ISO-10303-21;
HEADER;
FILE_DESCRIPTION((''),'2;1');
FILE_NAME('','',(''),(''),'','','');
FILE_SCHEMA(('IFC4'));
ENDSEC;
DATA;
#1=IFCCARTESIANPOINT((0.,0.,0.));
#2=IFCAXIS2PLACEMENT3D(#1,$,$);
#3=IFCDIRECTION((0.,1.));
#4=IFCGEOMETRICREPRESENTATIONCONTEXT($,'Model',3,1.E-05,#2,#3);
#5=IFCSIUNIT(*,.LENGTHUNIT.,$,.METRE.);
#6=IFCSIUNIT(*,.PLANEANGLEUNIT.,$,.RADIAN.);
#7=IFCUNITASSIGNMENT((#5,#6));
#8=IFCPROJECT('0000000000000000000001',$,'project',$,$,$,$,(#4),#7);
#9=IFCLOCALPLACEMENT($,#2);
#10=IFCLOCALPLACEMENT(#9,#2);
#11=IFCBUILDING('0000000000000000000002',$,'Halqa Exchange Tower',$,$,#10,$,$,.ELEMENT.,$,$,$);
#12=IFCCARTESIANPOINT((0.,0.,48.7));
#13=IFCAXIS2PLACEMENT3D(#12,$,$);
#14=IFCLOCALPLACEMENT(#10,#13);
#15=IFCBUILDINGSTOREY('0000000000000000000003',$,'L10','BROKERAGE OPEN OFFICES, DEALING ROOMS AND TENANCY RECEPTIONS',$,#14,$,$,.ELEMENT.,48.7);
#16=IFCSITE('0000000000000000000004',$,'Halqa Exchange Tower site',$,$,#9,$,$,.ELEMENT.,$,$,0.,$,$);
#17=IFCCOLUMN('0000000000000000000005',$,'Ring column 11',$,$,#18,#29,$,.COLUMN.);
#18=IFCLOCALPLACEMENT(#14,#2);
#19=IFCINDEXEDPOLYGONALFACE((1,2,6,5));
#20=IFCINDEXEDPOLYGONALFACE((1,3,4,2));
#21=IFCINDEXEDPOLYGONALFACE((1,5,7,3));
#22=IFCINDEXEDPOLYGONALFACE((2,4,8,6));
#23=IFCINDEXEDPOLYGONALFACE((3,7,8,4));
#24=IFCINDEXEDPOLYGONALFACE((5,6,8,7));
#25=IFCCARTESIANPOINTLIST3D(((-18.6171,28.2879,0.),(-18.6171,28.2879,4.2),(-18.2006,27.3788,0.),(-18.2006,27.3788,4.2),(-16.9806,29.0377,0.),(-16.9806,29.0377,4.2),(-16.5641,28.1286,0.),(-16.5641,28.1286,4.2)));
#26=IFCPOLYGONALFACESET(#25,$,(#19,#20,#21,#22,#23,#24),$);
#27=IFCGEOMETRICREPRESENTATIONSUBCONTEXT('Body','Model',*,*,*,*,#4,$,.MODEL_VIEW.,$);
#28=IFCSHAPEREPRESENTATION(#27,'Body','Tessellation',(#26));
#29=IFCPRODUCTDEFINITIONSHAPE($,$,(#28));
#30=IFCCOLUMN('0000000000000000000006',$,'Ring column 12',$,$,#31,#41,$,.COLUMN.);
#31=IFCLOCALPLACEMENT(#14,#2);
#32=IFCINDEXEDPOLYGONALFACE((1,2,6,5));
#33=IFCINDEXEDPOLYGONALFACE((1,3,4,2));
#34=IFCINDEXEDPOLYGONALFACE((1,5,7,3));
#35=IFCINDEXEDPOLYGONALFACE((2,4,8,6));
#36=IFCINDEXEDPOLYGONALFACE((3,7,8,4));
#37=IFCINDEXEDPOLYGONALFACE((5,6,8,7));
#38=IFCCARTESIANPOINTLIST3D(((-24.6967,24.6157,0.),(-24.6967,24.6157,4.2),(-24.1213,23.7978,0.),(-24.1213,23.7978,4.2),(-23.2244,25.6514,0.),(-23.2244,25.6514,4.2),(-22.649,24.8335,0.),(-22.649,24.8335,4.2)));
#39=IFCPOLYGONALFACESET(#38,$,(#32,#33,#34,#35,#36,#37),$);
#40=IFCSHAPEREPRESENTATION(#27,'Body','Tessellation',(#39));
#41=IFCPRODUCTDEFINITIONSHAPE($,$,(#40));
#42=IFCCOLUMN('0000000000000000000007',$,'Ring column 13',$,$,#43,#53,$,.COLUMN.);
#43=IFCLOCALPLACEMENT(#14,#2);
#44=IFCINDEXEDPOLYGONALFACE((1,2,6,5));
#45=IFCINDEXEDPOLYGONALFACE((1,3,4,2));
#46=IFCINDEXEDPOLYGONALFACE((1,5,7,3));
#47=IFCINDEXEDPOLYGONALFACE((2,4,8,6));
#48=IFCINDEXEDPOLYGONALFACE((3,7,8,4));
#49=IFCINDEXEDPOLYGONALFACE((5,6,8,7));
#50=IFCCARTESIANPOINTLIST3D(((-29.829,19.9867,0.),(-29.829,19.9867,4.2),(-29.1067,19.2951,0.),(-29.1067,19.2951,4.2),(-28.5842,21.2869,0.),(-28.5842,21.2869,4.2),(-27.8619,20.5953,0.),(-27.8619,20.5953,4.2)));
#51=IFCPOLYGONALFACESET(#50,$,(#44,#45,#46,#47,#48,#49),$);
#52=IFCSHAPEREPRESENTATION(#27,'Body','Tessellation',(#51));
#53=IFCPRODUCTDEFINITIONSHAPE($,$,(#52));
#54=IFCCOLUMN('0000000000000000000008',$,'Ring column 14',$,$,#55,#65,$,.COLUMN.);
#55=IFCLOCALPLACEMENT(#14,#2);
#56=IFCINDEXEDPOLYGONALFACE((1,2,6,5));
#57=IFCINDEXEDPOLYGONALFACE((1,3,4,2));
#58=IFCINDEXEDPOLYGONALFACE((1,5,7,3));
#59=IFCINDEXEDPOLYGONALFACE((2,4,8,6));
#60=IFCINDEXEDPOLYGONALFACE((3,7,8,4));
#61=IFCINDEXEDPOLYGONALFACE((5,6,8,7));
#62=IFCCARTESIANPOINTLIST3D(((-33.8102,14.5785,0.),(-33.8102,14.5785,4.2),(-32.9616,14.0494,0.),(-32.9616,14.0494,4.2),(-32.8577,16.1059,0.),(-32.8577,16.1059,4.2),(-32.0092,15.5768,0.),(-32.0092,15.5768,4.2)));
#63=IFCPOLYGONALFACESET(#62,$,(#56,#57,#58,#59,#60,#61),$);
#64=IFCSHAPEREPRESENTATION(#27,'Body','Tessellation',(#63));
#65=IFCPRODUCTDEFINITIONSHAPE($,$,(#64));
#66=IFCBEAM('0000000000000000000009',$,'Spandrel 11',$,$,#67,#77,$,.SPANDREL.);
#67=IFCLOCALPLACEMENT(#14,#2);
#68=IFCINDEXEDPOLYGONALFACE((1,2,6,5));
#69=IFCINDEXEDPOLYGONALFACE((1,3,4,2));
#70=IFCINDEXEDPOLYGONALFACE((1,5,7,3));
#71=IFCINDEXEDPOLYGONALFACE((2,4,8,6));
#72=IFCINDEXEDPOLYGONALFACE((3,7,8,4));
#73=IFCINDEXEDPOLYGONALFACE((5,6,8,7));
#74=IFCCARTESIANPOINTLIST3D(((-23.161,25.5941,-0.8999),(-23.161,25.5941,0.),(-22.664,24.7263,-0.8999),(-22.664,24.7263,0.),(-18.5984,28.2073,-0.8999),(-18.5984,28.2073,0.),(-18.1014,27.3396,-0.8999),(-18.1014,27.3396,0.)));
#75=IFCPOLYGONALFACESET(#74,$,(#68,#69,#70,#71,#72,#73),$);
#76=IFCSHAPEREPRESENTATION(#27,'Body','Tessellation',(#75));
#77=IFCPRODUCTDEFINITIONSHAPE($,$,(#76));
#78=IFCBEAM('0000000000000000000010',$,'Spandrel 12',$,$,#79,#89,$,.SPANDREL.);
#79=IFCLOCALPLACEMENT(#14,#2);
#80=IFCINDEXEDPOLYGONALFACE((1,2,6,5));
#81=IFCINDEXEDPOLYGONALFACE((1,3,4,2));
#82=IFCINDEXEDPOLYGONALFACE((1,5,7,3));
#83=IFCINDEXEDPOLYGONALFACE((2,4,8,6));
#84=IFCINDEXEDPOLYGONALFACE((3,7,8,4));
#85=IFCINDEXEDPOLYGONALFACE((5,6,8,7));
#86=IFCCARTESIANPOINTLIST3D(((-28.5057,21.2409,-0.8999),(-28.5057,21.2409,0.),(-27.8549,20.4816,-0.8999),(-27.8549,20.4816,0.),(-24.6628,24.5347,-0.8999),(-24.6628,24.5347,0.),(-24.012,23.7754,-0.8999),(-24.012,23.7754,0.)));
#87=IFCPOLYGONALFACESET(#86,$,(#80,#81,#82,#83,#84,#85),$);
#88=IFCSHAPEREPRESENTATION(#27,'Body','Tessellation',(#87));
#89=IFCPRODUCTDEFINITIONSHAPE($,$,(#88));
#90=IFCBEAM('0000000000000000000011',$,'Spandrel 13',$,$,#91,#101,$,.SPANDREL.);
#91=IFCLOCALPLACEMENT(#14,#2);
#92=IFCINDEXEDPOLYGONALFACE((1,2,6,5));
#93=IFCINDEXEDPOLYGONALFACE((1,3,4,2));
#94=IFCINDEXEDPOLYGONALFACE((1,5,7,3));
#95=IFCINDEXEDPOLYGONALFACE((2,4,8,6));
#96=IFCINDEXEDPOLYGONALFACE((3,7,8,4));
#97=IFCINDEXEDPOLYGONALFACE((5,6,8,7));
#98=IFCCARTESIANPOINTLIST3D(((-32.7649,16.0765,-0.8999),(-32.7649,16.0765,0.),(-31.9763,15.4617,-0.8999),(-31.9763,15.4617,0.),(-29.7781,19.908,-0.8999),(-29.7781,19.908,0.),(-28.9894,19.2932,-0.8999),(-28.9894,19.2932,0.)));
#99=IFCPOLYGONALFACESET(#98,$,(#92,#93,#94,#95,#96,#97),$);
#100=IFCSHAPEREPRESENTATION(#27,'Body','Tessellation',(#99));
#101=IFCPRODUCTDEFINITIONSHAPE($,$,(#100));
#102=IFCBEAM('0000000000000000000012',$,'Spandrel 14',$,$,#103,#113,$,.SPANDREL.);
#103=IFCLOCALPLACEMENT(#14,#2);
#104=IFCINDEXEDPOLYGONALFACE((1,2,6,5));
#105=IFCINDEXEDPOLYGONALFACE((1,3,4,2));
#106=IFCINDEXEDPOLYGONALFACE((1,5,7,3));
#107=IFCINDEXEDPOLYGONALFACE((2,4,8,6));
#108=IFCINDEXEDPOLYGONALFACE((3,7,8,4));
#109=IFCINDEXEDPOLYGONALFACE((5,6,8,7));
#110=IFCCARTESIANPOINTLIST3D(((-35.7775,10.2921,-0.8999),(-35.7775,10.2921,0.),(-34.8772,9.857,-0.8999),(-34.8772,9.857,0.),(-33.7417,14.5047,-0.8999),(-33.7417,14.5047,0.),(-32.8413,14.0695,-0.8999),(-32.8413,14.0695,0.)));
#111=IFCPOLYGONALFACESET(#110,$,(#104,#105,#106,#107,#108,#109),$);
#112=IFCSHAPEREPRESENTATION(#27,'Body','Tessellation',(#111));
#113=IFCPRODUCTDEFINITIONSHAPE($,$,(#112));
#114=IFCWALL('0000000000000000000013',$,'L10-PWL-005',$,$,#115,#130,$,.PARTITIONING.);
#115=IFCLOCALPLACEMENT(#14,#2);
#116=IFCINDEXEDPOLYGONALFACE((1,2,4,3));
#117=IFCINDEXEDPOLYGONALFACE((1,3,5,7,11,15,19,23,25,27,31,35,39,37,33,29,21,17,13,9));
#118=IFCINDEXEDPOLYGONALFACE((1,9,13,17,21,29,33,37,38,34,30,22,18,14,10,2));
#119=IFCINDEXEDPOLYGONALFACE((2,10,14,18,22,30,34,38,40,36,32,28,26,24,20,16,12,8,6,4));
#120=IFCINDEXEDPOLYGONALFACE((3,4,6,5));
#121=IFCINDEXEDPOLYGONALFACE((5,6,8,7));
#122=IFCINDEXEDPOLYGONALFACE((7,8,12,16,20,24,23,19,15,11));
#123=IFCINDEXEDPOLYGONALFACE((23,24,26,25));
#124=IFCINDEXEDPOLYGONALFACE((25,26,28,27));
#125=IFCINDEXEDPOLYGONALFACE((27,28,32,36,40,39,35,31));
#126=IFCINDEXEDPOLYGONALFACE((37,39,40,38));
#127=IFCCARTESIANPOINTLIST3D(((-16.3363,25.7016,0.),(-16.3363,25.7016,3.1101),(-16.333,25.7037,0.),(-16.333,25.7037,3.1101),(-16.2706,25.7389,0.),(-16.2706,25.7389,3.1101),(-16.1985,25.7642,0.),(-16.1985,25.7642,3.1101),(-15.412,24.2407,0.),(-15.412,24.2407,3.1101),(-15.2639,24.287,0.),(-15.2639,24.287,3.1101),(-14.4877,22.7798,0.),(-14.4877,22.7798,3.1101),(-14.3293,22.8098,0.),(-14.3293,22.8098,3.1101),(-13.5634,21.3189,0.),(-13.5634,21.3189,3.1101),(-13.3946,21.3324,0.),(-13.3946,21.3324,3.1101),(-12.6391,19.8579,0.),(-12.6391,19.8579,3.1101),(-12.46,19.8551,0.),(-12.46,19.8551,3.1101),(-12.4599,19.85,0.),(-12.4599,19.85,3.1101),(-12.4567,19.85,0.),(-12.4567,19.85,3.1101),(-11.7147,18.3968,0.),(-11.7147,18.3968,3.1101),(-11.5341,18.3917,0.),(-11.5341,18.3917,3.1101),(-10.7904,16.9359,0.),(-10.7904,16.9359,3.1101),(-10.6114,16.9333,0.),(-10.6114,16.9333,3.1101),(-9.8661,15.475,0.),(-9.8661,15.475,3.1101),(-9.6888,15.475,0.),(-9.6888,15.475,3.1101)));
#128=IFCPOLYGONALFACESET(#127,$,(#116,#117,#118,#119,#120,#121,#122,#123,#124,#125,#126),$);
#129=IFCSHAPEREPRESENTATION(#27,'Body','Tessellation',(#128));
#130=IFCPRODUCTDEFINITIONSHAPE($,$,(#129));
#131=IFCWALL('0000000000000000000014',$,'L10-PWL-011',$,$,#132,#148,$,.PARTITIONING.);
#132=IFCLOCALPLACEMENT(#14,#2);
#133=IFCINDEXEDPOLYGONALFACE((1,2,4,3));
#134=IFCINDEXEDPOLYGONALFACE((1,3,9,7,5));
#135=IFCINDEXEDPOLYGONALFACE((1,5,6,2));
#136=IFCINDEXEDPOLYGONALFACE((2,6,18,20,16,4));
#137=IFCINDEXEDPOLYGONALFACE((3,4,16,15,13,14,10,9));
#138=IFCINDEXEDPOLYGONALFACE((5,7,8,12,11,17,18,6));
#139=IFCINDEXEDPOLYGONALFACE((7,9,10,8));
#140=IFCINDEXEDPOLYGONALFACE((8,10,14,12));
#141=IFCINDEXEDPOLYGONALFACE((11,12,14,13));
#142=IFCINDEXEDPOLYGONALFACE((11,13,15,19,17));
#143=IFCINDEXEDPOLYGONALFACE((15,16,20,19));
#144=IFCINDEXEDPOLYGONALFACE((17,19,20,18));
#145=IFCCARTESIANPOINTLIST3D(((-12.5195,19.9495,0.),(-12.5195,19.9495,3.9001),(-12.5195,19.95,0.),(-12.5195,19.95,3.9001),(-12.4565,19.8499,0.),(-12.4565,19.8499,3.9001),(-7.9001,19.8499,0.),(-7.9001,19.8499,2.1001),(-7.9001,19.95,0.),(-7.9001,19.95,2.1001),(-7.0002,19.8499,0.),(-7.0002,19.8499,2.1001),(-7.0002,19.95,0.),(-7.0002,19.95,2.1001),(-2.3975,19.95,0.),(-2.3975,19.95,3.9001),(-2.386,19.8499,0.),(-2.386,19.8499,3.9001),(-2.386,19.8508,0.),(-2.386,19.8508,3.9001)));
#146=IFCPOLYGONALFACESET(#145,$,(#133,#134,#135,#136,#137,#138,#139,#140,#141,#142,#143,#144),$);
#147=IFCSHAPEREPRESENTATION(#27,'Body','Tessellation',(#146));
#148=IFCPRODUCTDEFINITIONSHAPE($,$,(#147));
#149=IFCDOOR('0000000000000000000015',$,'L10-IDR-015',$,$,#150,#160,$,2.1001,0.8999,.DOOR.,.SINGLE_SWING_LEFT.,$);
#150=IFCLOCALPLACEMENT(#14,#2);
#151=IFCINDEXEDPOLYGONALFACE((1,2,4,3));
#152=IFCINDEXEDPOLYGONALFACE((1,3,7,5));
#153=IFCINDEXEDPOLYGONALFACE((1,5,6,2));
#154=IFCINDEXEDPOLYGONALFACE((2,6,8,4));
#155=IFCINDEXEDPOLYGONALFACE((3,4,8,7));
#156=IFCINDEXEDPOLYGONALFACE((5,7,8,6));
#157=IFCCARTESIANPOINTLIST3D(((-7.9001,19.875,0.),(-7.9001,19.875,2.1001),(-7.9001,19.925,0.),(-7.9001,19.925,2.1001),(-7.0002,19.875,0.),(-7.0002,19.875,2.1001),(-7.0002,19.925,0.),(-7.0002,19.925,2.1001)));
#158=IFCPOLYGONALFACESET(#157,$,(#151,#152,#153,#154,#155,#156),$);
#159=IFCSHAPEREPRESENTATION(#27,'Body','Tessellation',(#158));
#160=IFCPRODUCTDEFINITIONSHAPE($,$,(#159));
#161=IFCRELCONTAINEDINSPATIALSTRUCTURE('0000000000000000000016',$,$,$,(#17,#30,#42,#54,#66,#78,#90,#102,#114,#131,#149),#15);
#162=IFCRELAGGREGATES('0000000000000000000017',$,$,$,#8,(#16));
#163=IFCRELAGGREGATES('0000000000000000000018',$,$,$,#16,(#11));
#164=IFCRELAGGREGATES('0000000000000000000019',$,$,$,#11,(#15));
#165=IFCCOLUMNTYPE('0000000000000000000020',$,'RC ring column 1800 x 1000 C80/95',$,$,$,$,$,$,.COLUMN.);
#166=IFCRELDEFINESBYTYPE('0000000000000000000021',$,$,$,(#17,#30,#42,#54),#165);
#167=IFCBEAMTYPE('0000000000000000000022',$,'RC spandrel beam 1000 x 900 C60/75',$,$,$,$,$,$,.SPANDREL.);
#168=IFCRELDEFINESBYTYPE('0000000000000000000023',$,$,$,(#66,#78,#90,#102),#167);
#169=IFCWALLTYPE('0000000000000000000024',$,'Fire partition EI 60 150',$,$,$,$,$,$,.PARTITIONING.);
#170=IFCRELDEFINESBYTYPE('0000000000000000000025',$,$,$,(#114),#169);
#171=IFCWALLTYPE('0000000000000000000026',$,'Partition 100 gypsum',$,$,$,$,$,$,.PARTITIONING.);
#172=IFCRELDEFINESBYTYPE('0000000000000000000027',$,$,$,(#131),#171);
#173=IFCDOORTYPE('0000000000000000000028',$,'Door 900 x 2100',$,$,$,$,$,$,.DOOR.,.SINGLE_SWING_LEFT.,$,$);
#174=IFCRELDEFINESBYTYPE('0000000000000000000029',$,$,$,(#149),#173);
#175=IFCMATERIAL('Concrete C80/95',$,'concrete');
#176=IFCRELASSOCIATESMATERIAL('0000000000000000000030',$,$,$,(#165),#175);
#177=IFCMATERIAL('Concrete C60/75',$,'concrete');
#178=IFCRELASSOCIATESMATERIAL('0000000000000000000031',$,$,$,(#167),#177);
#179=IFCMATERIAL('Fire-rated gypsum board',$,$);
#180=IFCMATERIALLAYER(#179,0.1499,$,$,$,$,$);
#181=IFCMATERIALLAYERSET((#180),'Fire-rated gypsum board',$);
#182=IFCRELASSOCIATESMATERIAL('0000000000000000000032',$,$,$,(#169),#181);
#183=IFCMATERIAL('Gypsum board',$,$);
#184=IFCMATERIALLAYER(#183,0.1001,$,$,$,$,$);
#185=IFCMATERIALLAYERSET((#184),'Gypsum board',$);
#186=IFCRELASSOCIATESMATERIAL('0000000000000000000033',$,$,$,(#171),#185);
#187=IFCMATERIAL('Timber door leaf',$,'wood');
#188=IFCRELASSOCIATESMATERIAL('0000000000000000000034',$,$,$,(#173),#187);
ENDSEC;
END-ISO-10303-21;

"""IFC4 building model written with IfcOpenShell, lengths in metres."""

from ifc_helpers import new_model, si_unit, direction, frame, frame_2d, origin, origin_2d, place, context, subcontext, project, spatial, polyline, rectangle, outline, extrude, material, layer, layer_set, material_profile, profile_set, type_object, element, fill, save


model = new_model("IFC4")

# Units and contexts
model_context = context("Model", 3, precision=1e-05, world=origin(), true_north=direction((0.0, 1.0)))
body_context = subcontext(model_context, "Body", "Model", "MODEL_VIEW")
ifc_project = project(units=[si_unit("LENGTHUNIT", "METRE"), si_unit("PLANEANGLEUNIT", "RADIAN")], contexts=[model_context])

# Site, building, storey
site_placement = place(None, origin())
site = spatial("IfcSite", under=ifc_project, at=site_placement, Name="Halqa Exchange Tower site", CompositionType="ELEMENT", RefElevation=0.0)
building_placement = place(site_placement, origin())
building = spatial("IfcBuilding", under=site, at=building_placement, Name="Halqa Exchange Tower", CompositionType="ELEMENT")
storey_placement = place(building_placement, frame((0.0, 0.0, 48.7)))
storey = spatial("IfcBuildingStorey", under=building, at=storey_placement, Name="L10", Description="BROKERAGE OPEN OFFICES, DEALING ROOMS AND TENANCY RECEPTIONS", CompositionType="ELEMENT", Elevation=48.7)

# Columns
ifc_material_1 = material(Name="Concrete C80/95", Category="concrete")
ifc_material_profile_1 = material_profile(ifc_material_1, rectangle(XDim=1.8, YDim=1.0, at=origin_2d()), Name="1800 x 1000")
ifc_profile_set_1 = profile_set([ifc_material_profile_1], Name="Concrete C80/95")
column_type = type_object("IfcColumnType", Name="RC ring column 1800 x 1000 C80/95", PredefinedType="COLUMN", material=ifc_profile_set_1)
for number, where, z_axis, x_axis, name in (
    (1, (-17.5906, 28.2083, 0.0), (0.0, 0.0, 1.0), (-0.909127, -0.416519, 0.0), "Ring column 11"),
    (2, (-23.6729, 24.7246, 0.0), (0.0, 0.0, 1.0), (-0.817909, -0.575348, 0.0), "Ring column 12"),
    (3, (-28.8455, 20.291, 0.0), (0.0, 0.0, 1.0), (-0.691576, -0.722304, 0.0), "Ring column 13"),
    (4, (-32.9097, 15.0776, 0.0), (0.0, 0.0, 1.0), (-0.529143, -0.848532, 0.0), "Ring column 14"),
):
    element("IfcColumn", number, at=place(storey_placement, frame(where, z_axis=z_axis, x_axis=x_axis)), inside=storey, type_object=column_type, Name=name, PredefinedType="COLUMN", context=body_context, shape_type="SweptSolid", body=[
        extrude(rectangle(XDim=1.8, YDim=1.0, at=origin_2d()), origin(), (0.0, 0.0, 1.0), 4.2),
    ])

# Beams
ifc_material_2 = material(Name="Concrete C60/75", Category="concrete")
ifc_material_profile_2 = material_profile(ifc_material_2, rectangle(XDim=1.0, YDim=0.8999, at=origin_2d()), Name="1000 x 900")
ifc_profile_set_2 = profile_set([ifc_material_profile_2], Name="Concrete C60/75")
beam_type = type_object("IfcBeamType", Name="RC spandrel beam 1000 x 900 C60/75", PredefinedType="SPANDREL", material=ifc_profile_set_2)
beam_1_placement = place(storey_placement, frame((-18.3499, 27.7734, -0.45), z_axis=(-0.867751, -0.496999, 0.0), x_axis=(0.496999, -0.867751, 0.0)))
element("IfcBeam", 5, at=beam_1_placement, inside=storey, type_object=beam_type, Name="Spandrel 11", PredefinedType="SPANDREL", context=body_context, shape_type="SweptSolid", body=[
    extrude(rectangle(XDim=1.0, YDim=0.8999, at=origin_2d()), origin(), (0.0, 0.0, 1.0), 5.2581),
])
beam_2_placement = place(storey_placement, frame((-24.3374, 24.155, -0.45), z_axis=(-0.759267, -0.650779, 0.0), x_axis=(0.650779, -0.759267, 0.0)))
element("IfcBeam", 6, at=beam_2_placement, inside=storey, type_object=beam_type, Name="Spandrel 12", PredefinedType="SPANDREL", context=body_context, shape_type="SweptSolid", body=[
    extrude(rectangle(XDim=1.0, YDim=0.8999, at=origin_2d()), origin(), (0.0, 0.0, 1.0), 5.0613),
])
beam_3_placement = place(storey_placement, frame((-29.3838, 19.6006, -0.45), z_axis=(-0.614803, -0.788681, 0.0), x_axis=(0.788681, -0.614803, 0.0)))
element("IfcBeam", 7, at=beam_3_placement, inside=storey, type_object=beam_type, Name="Spandrel 13", PredefinedType="SPANDREL", context=body_context, shape_type="SweptSolid", body=[
    extrude(rectangle(XDim=1.0, YDim=0.8999, at=origin_2d()), origin(), (0.0, 0.0, 1.0), 4.8582),
])
beam_4_placement = place(storey_placement, frame((-33.2915, 14.2871, -0.45), z_axis=(-0.43513, -0.900368, 0.0), x_axis=(0.900368, -0.43513, 0.0)))
element("IfcBeam", 8, at=beam_4_placement, inside=storey, type_object=beam_type, Name="Spandrel 14", PredefinedType="SPANDREL", context=body_context, shape_type="SweptSolid", body=[
    extrude(rectangle(XDim=1.0, YDim=0.8999, at=origin_2d()), origin(), (0.0, 0.0, 1.0), 4.6787),
])

# Wall
ifc_material_3 = material(Name="Fire-rated gypsum board")
ifc_layer_1 = layer(ifc_material_3, 0.1499)
ifc_layer_set_1 = layer_set([ifc_layer_1], Name="Fire-rated gypsum board")
wall_type_1 = type_object("IfcWallType", Name="Fire partition EI 60 150", PredefinedType="PARTITIONING", material=ifc_layer_set_1)
wall_1_placement = place(storey_placement, frame((-16.2729, 25.7417, 0.0), z_axis=(0.0, 0.0, 1.0), x_axis=(0.534655, -0.845071, 0.0)))
element("IfcWall", 9, at=wall_1_placement, inside=storey, type_object=wall_type_1, Name="L10-PWL-005", PredefinedType="PARTITIONING", context=body_context, shape_type="SweptSolid", body=[
    extrude(outline(polyline([(0.0, -0.075), (1.7288, -0.075), (3.4575, -0.075), (5.1863, -0.075), (6.915, -0.075), (8.644, -0.075), (10.3728, -0.075), (12.1016, -0.075), (12.1963, 0.075), (12.1963, 0.075), (10.4707, 0.075), (8.7449, 0.075), (7.0193, 0.075), (7.0176, 0.0723), (7.0132, 0.075), (5.2651, 0.075), (3.5168, 0.075), (1.7688, 0.075), (0.0208, 0.075), (0.0037, 0.0005), (0.0, -0.071), (0.0, -0.075)])), origin(), (0.0, 0.0, 1.0), 3.1101),
])

# Wall, opening, door
ifc_material_4 = material(Name="Gypsum board")
ifc_layer_2 = layer(ifc_material_4, 0.1001)
ifc_layer_set_2 = layer_set([ifc_layer_2], Name="Gypsum board")
wall_type_2 = type_object("IfcWallType", Name="Partition 100 gypsum", PredefinedType="PARTITIONING", material=ifc_layer_set_2)
wall_2_placement = place(storey_placement, frame((-12.5195, 19.8999, 0.0), z_axis=(0.0, 0.0, 1.0), x_axis=(1.0, 0.0, 0.0)))
wall_2 = element("IfcWall", 10, at=wall_2_placement, inside=storey, type_object=wall_type_2, Name="L10-PWL-011", PredefinedType="PARTITIONING", context=body_context, shape_type="SweptSolid", body=[
    extrude(outline(polyline([(10.1335, -0.05), (10.1335, -0.0491), (10.1221, 0.05), (8.4351, 0.05), (6.748, 0.05), (5.061, 0.05), (3.374, 0.05), (1.687, 0.05), (0.0, 0.05), (0.0, 0.0496), (0.063, -0.05), (1.7415, -0.05), (3.4197, -0.05), (5.0981, -0.05), (6.7766, -0.05), (8.4551, -0.05), (10.1335, -0.05)])), origin(), (0.0, 0.0, 1.0), 3.9001),
])
opening_1_placement = place(wall_2_placement, frame((4.6194, 0.0, 0.0)))
opening_1 = element("IfcOpeningElement", 11, at=opening_1_placement, cuts=wall_2, PredefinedType="OPENING", context=body_context, shape_type="SweptSolid", body=[
    extrude(rectangle(XDim=0.8999, YDim=2.1001, at=frame_2d((0.45, 1.05))), frame((0.0, 0.062, 0.0), z_axis=(0.0, -1.0, 0.0), x_axis=(1.0, 0.0, 0.0)), (0.0, 0.0, 1.0), 0.124),
])
ifc_material_5 = material(Name="Timber door leaf", Category="wood")
door_type_1 = type_object("IfcDoorType", Name="Door 900 x 2100", OperationType="SINGLE_SWING_LEFT", PredefinedType="DOOR", material=ifc_material_5)
door_1_placement = place(opening_1_placement, frame((0.8999, 0.0, 0.0), z_axis=(0.0, 0.0, 1.0), x_axis=(-1.0, 0.0, 0.0)))
door_1 = element("IfcDoor", 12, at=door_1_placement, inside=storey, type_object=door_type_1, Name="L10-IDR-015", OperationType="SINGLE_SWING_LEFT", OverallHeight=2.1001, OverallWidth=0.8999, PredefinedType="DOOR", context=body_context, shape_type="SweptSolid", body=[
    extrude(rectangle(XDim=0.8999, YDim=2.1001, at=frame_2d((0.45, 1.05))), frame((0.0, 0.0249, 0.0), z_axis=(0.0, -1.0, 0.0), x_axis=(1.0, 0.0, 0.0)), (0.0, 0.0, 1.0), 0.05),
])
fill(opening_1, door_1)

save(model, "model.ifc")
